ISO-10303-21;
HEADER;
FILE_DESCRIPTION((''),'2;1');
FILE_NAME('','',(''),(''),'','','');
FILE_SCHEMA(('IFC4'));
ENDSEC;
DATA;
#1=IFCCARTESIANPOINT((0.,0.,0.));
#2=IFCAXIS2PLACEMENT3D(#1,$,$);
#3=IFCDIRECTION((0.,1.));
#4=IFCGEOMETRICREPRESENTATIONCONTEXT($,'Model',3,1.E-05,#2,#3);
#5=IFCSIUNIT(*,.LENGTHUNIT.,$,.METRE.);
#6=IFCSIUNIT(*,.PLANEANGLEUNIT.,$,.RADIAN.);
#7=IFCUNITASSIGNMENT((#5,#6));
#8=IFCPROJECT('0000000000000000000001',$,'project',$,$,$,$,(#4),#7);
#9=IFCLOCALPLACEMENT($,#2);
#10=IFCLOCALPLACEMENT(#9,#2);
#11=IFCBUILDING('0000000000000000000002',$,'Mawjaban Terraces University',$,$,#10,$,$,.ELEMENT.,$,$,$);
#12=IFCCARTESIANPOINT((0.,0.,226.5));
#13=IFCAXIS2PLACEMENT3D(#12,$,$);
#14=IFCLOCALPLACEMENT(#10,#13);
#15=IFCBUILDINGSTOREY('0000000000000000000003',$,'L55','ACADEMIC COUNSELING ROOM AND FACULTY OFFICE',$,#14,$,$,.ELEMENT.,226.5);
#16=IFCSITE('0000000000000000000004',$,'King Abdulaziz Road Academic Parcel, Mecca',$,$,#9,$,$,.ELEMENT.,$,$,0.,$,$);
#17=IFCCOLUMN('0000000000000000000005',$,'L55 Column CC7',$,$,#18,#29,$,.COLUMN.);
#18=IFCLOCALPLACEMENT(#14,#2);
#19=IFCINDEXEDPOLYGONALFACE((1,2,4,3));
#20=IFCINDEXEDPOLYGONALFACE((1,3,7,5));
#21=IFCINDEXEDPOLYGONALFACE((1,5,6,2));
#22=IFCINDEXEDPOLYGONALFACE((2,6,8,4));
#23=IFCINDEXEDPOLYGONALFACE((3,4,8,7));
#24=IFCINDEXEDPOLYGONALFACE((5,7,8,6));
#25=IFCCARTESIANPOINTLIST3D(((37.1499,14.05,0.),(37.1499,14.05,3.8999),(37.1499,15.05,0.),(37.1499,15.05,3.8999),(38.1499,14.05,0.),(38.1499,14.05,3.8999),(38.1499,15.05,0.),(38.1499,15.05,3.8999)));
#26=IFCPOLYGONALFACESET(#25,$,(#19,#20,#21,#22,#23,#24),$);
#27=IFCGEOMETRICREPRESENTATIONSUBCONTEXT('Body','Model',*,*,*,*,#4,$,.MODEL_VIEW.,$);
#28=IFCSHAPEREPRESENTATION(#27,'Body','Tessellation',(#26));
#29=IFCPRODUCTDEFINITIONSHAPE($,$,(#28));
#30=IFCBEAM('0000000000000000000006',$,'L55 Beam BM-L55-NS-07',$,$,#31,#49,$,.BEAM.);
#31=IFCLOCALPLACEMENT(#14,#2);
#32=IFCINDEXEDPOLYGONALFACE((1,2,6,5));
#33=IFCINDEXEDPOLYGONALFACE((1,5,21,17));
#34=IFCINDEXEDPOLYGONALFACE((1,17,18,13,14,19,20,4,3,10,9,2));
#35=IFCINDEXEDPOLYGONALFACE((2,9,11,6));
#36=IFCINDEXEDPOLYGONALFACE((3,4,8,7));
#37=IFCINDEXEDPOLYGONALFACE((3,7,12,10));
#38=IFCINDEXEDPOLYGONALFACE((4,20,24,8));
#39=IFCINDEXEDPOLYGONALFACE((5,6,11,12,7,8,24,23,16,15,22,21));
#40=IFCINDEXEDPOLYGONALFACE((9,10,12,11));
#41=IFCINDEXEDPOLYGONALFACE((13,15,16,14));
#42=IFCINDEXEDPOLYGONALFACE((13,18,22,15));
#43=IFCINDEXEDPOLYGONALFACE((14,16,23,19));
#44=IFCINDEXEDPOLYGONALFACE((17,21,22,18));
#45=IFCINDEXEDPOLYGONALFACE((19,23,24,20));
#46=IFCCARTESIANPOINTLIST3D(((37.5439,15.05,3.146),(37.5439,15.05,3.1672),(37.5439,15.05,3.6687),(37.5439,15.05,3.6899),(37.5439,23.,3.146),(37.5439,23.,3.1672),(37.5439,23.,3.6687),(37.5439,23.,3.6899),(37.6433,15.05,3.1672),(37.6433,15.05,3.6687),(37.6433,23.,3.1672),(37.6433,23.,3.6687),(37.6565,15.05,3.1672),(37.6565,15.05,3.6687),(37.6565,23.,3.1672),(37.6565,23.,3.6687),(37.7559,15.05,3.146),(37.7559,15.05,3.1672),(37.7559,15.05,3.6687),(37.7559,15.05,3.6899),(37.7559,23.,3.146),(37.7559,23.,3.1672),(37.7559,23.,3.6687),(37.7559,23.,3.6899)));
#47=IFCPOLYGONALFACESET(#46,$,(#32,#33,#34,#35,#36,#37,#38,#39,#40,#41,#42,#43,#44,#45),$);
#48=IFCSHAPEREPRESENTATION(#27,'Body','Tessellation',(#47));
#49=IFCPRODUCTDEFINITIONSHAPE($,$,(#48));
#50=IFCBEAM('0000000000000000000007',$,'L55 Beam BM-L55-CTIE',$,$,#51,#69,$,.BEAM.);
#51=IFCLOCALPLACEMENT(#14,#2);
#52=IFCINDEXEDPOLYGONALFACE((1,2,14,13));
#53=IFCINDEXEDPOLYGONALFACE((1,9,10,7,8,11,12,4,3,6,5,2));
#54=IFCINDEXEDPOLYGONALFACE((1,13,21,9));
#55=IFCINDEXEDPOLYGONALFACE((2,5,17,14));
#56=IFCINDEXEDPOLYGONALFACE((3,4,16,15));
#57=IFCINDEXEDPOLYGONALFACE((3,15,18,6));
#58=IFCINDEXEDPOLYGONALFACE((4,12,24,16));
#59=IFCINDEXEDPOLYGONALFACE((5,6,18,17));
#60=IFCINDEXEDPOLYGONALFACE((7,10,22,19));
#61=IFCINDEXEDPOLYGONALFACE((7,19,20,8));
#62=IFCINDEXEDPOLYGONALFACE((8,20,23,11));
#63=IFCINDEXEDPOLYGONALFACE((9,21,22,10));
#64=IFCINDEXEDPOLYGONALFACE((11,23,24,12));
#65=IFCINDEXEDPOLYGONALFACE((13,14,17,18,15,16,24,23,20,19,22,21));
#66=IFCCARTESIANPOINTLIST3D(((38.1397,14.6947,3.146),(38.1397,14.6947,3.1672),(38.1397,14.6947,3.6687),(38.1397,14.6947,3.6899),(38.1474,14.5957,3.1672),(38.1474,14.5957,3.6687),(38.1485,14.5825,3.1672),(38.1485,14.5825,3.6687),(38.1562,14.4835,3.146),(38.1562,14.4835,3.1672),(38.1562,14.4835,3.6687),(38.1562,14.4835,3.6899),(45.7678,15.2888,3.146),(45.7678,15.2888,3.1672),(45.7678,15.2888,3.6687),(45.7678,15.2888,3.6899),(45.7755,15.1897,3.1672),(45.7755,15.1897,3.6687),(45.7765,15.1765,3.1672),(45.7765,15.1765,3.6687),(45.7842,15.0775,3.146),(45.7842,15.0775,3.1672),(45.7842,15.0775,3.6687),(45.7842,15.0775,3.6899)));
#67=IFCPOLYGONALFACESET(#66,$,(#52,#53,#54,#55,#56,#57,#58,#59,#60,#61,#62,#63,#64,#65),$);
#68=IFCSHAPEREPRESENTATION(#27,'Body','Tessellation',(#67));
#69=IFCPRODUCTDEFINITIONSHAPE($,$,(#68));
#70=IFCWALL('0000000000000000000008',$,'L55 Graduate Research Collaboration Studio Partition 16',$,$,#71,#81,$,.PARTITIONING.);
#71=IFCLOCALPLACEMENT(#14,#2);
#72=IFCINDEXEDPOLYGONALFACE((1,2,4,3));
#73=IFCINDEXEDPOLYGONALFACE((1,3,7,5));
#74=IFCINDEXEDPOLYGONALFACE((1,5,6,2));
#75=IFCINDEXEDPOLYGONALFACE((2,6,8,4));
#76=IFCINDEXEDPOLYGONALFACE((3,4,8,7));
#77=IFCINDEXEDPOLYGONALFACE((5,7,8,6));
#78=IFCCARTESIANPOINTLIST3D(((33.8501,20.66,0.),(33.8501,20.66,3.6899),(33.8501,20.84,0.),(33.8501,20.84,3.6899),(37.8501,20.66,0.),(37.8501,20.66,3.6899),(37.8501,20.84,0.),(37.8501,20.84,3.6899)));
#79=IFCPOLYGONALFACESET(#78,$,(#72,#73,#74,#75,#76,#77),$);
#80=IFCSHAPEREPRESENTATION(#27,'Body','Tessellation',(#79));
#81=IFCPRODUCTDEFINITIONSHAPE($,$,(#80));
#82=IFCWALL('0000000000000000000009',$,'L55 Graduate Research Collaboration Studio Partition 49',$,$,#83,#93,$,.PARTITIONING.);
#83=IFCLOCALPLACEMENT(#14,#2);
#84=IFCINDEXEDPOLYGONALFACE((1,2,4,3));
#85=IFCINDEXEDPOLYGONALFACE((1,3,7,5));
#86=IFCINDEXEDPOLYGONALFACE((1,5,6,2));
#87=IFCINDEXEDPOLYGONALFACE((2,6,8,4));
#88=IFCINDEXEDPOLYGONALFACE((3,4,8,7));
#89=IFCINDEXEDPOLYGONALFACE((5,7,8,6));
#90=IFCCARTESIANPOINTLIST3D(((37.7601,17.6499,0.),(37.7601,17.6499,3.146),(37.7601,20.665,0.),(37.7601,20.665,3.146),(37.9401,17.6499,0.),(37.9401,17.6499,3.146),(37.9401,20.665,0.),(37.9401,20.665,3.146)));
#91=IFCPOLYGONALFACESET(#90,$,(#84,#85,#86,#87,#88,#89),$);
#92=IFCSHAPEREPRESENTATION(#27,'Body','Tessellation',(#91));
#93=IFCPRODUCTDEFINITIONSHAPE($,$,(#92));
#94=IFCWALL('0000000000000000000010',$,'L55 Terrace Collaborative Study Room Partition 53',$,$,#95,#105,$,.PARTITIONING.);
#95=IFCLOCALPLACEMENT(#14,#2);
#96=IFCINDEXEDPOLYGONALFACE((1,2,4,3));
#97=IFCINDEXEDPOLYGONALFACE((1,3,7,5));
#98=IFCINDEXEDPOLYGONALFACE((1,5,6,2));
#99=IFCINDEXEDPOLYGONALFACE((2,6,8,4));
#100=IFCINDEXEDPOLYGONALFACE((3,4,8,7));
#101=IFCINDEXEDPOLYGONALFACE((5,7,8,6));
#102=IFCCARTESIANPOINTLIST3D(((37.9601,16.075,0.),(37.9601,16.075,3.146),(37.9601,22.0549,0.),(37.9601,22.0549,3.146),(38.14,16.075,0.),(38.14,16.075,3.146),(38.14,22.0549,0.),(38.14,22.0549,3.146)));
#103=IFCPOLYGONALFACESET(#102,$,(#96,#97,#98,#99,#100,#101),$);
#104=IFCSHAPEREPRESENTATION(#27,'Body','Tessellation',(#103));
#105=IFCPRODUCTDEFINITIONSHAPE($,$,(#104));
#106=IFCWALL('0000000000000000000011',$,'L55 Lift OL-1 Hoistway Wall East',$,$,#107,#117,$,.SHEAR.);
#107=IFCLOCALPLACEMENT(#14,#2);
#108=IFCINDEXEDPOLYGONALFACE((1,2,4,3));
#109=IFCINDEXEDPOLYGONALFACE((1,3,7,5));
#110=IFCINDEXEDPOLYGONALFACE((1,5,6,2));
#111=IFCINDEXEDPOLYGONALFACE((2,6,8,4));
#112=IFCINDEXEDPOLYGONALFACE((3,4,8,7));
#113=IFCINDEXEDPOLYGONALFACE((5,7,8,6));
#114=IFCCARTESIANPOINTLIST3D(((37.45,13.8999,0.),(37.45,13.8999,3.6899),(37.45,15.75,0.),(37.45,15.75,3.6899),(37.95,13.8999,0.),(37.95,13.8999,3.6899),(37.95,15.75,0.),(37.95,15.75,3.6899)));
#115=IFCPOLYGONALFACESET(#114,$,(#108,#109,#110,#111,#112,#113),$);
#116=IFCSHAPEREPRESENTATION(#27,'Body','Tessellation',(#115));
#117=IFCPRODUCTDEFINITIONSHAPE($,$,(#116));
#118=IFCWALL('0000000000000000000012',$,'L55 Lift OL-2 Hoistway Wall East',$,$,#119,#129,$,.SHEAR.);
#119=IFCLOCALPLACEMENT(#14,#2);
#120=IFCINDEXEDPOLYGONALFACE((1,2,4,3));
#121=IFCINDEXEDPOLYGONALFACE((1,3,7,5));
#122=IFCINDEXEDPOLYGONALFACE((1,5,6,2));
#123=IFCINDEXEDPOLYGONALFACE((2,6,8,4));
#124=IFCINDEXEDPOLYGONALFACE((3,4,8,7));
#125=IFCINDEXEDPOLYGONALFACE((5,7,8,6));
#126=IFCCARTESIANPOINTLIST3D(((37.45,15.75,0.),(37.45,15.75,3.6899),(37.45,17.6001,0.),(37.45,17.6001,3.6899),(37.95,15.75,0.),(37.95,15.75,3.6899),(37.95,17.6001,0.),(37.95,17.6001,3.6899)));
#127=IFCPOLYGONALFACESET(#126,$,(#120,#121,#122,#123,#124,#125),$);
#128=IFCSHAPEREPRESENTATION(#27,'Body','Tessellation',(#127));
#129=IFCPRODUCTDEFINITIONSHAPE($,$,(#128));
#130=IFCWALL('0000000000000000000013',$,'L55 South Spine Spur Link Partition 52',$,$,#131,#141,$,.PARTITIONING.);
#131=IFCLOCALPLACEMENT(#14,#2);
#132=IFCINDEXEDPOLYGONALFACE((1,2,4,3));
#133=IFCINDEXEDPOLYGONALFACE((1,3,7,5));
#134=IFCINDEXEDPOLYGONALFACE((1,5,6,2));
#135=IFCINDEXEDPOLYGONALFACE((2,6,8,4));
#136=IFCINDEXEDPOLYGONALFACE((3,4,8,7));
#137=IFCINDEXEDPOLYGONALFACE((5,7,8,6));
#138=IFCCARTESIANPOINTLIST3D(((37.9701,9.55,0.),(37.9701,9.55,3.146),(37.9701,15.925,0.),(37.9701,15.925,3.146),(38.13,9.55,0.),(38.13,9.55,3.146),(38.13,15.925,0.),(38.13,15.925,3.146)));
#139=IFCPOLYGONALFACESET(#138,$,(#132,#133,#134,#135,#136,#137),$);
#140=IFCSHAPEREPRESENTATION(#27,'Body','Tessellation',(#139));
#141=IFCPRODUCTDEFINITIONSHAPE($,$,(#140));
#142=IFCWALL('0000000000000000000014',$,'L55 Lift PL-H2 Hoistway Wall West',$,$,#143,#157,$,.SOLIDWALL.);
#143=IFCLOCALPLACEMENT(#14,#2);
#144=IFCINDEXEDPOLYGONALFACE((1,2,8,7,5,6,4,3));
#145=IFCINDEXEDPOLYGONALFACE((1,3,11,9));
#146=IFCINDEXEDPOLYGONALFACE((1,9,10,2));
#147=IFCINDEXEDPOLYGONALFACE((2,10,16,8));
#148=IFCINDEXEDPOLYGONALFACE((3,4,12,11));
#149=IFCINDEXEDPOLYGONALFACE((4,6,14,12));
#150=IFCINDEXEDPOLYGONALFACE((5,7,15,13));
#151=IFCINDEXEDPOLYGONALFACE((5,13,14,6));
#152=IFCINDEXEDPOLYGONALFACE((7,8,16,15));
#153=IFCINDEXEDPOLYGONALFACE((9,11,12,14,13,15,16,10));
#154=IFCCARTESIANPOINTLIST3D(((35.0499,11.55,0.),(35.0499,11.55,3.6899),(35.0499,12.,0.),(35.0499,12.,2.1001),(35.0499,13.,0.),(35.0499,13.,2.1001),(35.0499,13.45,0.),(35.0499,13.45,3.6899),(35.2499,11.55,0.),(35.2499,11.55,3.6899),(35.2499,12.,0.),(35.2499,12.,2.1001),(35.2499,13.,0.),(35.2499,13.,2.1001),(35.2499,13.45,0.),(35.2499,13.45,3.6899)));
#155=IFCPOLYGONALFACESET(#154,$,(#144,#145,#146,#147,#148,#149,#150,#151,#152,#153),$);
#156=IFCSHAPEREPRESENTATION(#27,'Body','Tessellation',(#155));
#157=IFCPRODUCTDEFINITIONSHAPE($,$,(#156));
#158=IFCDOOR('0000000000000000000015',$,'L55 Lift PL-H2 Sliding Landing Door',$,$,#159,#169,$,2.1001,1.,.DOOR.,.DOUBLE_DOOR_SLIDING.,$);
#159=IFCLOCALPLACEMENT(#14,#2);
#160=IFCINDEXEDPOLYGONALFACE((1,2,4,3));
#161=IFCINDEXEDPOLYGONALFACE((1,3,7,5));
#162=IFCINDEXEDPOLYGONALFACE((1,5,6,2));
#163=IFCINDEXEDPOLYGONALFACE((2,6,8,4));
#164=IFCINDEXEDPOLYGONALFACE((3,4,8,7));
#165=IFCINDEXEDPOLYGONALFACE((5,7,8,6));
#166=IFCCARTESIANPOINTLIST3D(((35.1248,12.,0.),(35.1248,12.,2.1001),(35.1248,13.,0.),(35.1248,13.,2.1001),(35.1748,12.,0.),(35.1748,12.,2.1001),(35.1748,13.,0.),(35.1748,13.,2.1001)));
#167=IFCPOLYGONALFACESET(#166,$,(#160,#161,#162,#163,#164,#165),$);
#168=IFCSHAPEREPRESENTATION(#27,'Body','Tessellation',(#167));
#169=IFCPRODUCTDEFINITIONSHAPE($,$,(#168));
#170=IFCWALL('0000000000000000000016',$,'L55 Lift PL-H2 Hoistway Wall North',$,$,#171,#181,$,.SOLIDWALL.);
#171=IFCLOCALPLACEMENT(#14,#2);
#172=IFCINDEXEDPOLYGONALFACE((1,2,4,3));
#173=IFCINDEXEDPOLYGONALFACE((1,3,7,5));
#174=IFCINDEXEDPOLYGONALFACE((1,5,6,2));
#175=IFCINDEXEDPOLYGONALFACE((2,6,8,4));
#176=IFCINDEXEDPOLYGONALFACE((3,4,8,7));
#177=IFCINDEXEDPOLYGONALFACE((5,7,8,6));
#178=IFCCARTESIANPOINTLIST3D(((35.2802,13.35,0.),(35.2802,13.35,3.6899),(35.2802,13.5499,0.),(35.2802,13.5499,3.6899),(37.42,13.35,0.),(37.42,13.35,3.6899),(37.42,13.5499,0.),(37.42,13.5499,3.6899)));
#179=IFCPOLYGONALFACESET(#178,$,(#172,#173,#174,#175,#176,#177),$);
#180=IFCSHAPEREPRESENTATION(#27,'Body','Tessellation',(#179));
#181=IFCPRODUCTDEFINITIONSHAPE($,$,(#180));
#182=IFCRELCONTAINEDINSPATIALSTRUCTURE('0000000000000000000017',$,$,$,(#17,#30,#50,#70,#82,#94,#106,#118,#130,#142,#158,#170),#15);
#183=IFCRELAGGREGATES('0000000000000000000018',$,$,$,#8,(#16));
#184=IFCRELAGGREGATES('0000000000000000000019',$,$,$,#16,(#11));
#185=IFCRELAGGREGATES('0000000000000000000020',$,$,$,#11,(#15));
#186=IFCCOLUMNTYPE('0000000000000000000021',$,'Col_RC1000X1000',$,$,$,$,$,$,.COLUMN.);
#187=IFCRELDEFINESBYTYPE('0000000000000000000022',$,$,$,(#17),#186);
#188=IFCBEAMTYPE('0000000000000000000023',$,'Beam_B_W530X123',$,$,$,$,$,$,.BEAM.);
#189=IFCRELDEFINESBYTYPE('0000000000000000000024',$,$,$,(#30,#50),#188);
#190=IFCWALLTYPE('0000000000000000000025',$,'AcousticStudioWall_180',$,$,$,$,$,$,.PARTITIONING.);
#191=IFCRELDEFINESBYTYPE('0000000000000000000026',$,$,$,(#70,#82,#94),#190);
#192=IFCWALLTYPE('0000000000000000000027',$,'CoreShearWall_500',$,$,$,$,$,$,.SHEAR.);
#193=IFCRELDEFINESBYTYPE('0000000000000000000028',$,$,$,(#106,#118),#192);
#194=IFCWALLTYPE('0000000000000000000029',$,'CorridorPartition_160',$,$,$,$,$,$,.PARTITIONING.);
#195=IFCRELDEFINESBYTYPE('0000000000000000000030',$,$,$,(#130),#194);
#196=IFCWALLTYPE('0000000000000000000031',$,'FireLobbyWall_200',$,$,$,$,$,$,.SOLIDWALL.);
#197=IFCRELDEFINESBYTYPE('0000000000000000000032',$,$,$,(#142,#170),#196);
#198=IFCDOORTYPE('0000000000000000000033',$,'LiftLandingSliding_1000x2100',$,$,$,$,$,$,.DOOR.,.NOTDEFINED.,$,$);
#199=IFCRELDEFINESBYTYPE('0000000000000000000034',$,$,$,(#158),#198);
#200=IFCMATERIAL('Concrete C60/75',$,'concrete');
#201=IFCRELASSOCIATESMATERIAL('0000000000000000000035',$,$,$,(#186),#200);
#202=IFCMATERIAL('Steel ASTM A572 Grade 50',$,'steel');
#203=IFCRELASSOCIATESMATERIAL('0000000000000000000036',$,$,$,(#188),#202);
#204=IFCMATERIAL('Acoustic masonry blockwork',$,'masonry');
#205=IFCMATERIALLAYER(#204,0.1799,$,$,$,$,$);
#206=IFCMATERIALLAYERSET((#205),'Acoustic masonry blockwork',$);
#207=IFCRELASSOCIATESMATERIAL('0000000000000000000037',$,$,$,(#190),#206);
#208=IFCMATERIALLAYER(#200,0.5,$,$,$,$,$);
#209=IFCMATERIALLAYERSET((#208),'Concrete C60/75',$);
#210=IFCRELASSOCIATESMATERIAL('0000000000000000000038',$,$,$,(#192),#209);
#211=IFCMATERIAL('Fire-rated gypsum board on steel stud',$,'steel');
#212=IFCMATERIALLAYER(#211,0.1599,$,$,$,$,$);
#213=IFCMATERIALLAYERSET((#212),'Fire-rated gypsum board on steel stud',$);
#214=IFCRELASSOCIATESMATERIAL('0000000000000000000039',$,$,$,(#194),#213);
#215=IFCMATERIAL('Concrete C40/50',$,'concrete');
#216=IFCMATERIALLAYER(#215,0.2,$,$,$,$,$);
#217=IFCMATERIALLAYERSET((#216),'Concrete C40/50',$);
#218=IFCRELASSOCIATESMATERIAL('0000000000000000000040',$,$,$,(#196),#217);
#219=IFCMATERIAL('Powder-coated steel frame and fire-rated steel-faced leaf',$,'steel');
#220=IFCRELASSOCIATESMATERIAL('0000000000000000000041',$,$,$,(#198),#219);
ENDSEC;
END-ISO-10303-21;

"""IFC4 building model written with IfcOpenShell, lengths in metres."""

from ifc_helpers import new_model, si_unit, direction, frame, frame_2d, origin, origin_2d, place, context, subcontext, project, spatial, rectangle, i_section, extrude, material, layer, layer_set, material_profile, profile_set, type_object, element, fill, save


model = new_model("IFC4")

# Units and contexts
model_context = context("Model", 3, precision=1e-05, world=origin(), true_north=direction((0.0, 1.0)))
body_context = subcontext(model_context, "Body", "Model", "MODEL_VIEW")
ifc_project = project(units=[si_unit("LENGTHUNIT", "METRE"), si_unit("PLANEANGLEUNIT", "RADIAN")], contexts=[model_context])

# Site, building, storey
site_placement = place(None, origin())
site = spatial("IfcSite", under=ifc_project, at=site_placement, Name="King Abdulaziz Road Academic Parcel, Mecca", CompositionType="ELEMENT", RefElevation=0.0)
building_placement = place(site_placement, origin())
building = spatial("IfcBuilding", under=site, at=building_placement, Name="Mawjaban Terraces University", CompositionType="ELEMENT")
storey_placement = place(building_placement, frame((0.0, 0.0, 226.5)))
storey = spatial("IfcBuildingStorey", under=building, at=storey_placement, Name="L55", Description="ACADEMIC COUNSELING ROOM AND FACULTY OFFICE", CompositionType="ELEMENT", Elevation=226.5)

# Column
ifc_material_1 = material(Name="Concrete C60/75", Category="concrete")
ifc_material_profile_1 = material_profile(ifc_material_1, rectangle(XDim=1.0, YDim=1.0, at=origin_2d()), Name="RC1000X1000")
ifc_profile_set_1 = profile_set([ifc_material_profile_1], Name="Concrete C60/75")
column_type = type_object("IfcColumnType", Name="Col_RC1000X1000", PredefinedType="COLUMN", material=ifc_profile_set_1)
column_placement = place(storey_placement, frame((37.6499, 14.55, 0.0), z_axis=(0.0, 0.0, 1.0), x_axis=(1.0, 0.0, 0.0)))
element("IfcColumn", 1, at=column_placement, inside=storey, type_object=column_type, Name="L55 Column CC7", PredefinedType="COLUMN", context=body_context, shape_type="SweptSolid", body=[
    extrude(rectangle(XDim=1.0, YDim=1.0, at=origin_2d()), origin(), (0.0, 0.0, 1.0), 3.8999),
])

# Beams
ifc_material_2 = material(Name="Steel ASTM A572 Grade 50", Category="steel")
ifc_material_profile_2 = material_profile(ifc_material_2, i_section(OverallWidth=0.2119, OverallDepth=0.5439, WebThickness=0.0132, FlangeThickness=0.0212, at=origin_2d()), Name="W530X123")
ifc_profile_set_2 = profile_set([ifc_material_profile_2], Name="Steel ASTM A572 Grade 50")
beam_type = type_object("IfcBeamType", Name="Beam_B_W530X123", PredefinedType="BEAM", material=ifc_profile_set_2)
beam_1_placement = place(storey_placement, frame((37.6499, 15.05, 3.418), z_axis=(0.0, 1.0, 0.0), x_axis=(-1.0, 0.0, 0.0)))
element("IfcBeam", 2, at=beam_1_placement, inside=storey, type_object=beam_type, Name="L55 Beam BM-L55-NS-07", PredefinedType="BEAM", context=body_context, shape_type="SweptSolid", body=[
    extrude(i_section(OverallWidth=0.2119, OverallDepth=0.5439, WebThickness=0.0132, FlangeThickness=0.0212, at=origin_2d()), origin(), (0.0, 0.0, 1.0), 7.95),
])
beam_2_placement = place(storey_placement, frame((38.1479, 14.5891, 3.418), z_axis=(0.996982, 0.077636, 0.0), x_axis=(-0.077636, 0.996982, 0.0)))
element("IfcBeam", 3, at=beam_2_placement, inside=storey, type_object=beam_type, Name="L55 Beam BM-L55-CTIE", PredefinedType="BEAM", context=body_context, shape_type="SweptSolid", body=[
    extrude(i_section(OverallWidth=0.2119, OverallDepth=0.5439, WebThickness=0.0132, FlangeThickness=0.0212, at=origin_2d()), origin(), (0.0, 0.0, 1.0), 7.6511),
])

# Walls
ifc_material_3 = material(Name="Acoustic masonry blockwork", Category="masonry")
ifc_layer_1 = layer(ifc_material_3, 0.1799)
ifc_layer_set_1 = layer_set([ifc_layer_1], Name="Acoustic masonry blockwork")
wall_type_1 = type_object("IfcWallType", Name="AcousticStudioWall_180", PredefinedType="PARTITIONING", material=ifc_layer_set_1)
wall_1_placement = place(storey_placement, frame((37.8501, 20.75, 0.0), z_axis=(0.0, 0.0, 1.0), x_axis=(-1.0, 0.0, 0.0)))
element("IfcWall", 4, at=wall_1_placement, inside=storey, type_object=wall_type_1, Name="L55 Graduate Research Collaboration Studio Partition 16", PredefinedType="PARTITIONING", context=body_context, shape_type="SweptSolid", body=[
    extrude(rectangle(XDim=4.0, YDim=0.1799, at=frame_2d((2.0, 0.0))), origin(), (0.0, 0.0, 1.0), 3.6899),
])
wall_2_placement = place(storey_placement, frame((37.8501, 17.6499, 0.0), z_axis=(0.0, 0.0, 1.0), x_axis=(0.0, 1.0, 0.0)))
element("IfcWall", 5, at=wall_2_placement, inside=storey, type_object=wall_type_1, Name="L55 Graduate Research Collaboration Studio Partition 49", PredefinedType="PARTITIONING", context=body_context, shape_type="SweptSolid", body=[
    extrude(rectangle(XDim=3.0151, YDim=0.1799, at=frame_2d((1.5076, 0.0))), origin(), (0.0, 0.0, 1.0), 3.146),
])
wall_3_placement = place(storey_placement, frame((38.05, 22.0549, 0.0), z_axis=(0.0, 0.0, 1.0), x_axis=(0.0, -1.0, 0.0)))
element("IfcWall", 6, at=wall_3_placement, inside=storey, type_object=wall_type_1, Name="L55 Terrace Collaborative Study Room Partition 53", PredefinedType="PARTITIONING", context=body_context, shape_type="SweptSolid", body=[
    extrude(rectangle(XDim=5.98, YDim=0.1799, at=frame_2d((2.99, 0.0))), origin(), (0.0, 0.0, 1.0), 3.146),
])
ifc_layer_2 = layer(ifc_material_1, 0.5)
ifc_layer_set_2 = layer_set([ifc_layer_2], Name="Concrete C60/75")
wall_type_2 = type_object("IfcWallType", Name="CoreShearWall_500", PredefinedType="SHEAR", material=ifc_layer_set_2)
for number, where, z_axis, x_axis, name in (
    (7, (37.7, 13.8999, 0.0), (0.0, 0.0, 1.0), (0.0, 1.0, 0.0), "L55 Lift OL-1 Hoistway Wall East"),
    (8, (37.7, 15.75, 0.0), (0.0, 0.0, 1.0), (0.0, 1.0, 0.0), "L55 Lift OL-2 Hoistway Wall East"),
):
    element("IfcWall", number, at=place(storey_placement, frame(where, z_axis=z_axis, x_axis=x_axis)), inside=storey, type_object=wall_type_2, Name=name, PredefinedType="SHEAR", context=body_context, shape_type="SweptSolid", body=[
        extrude(rectangle(XDim=1.8501, YDim=0.5, at=frame_2d((0.925, 0.0))), origin(), (0.0, 0.0, 1.0), 3.6899),
    ])
ifc_material_4 = material(Name="Fire-rated gypsum board on steel stud", Category="steel")
ifc_layer_3 = layer(ifc_material_4, 0.1599)
ifc_layer_set_3 = layer_set([ifc_layer_3], Name="Fire-rated gypsum board on steel stud")
wall_type_3 = type_object("IfcWallType", Name="CorridorPartition_160", PredefinedType="PARTITIONING", material=ifc_layer_set_3)
wall_4_placement = place(storey_placement, frame((38.05, 15.925, 0.0), z_axis=(0.0, 0.0, 1.0), x_axis=(0.0, -1.0, 0.0)))
element("IfcWall", 9, at=wall_4_placement, inside=storey, type_object=wall_type_3, Name="L55 South Spine Spur Link Partition 52", PredefinedType="PARTITIONING", context=body_context, shape_type="SweptSolid", body=[
    extrude(rectangle(XDim=6.375, YDim=0.1599, at=frame_2d((3.1875, 0.0))), origin(), (0.0, 0.0, 1.0), 3.146),
])

# Wall, opening, door
ifc_material_5 = material(Name="Concrete C40/50", Category="concrete")
ifc_layer_4 = layer(ifc_material_5, 0.2)
ifc_layer_set_4 = layer_set([ifc_layer_4], Name="Concrete C40/50")
wall_type_4 = type_object("IfcWallType", Name="FireLobbyWall_200", PredefinedType="SOLIDWALL", material=ifc_layer_set_4)
wall_5_placement = place(storey_placement, frame((35.1499, 13.45, 0.0), z_axis=(0.0, 0.0, 1.0), x_axis=(0.0, -1.0, 0.0)))
wall_5 = element("IfcWall", 10, at=wall_5_placement, inside=storey, type_object=wall_type_4, Name="L55 Lift PL-H2 Hoistway Wall West", PredefinedType="SOLIDWALL", context=body_context, shape_type="SweptSolid", body=[
    extrude(rectangle(XDim=1.8999, YDim=0.2, at=frame_2d((0.95, 0.0))), origin(), (0.0, 0.0, 1.0), 3.6899),
])
opening_placement = place(wall_5_placement, frame((0.45, 0.0, 0.0)))
opening = element("IfcOpeningElement", 11, at=opening_placement, cuts=wall_5, PredefinedType="OPENING", context=body_context, shape_type="SweptSolid", body=[
    extrude(rectangle(XDim=1.0, YDim=2.1001, at=frame_2d((0.5, 1.05))), frame((0.0, 0.1099, 0.0), z_axis=(0.0, -1.0, 0.0), x_axis=(1.0, 0.0, 0.0)), (0.0, 0.0, 1.0), 0.22),
])
ifc_material_6 = material(Name="Powder-coated steel frame and fire-rated steel-faced leaf", Category="steel")
door_type = type_object("IfcDoorType", Name="LiftLandingSliding_1000x2100", OperationType="NOTDEFINED", PredefinedType="DOOR", material=ifc_material_6)
door_placement = place(opening_placement, origin())
door = element("IfcDoor", 12, at=door_placement, inside=storey, type_object=door_type, Name="L55 Lift PL-H2 Sliding Landing Door", OperationType="DOUBLE_DOOR_SLIDING", OverallHeight=2.1001, OverallWidth=1.0, PredefinedType="DOOR", context=body_context, shape_type="SweptSolid", body=[
    extrude(rectangle(XDim=1.0, YDim=2.1001, at=frame_2d((0.5, 1.05))), frame((0.0, 0.0249, 0.0), z_axis=(0.0, -1.0, 0.0), x_axis=(1.0, 0.0, 0.0)), (0.0, 0.0, 1.0), 0.05),
])
fill(opening, door)

# Wall
wall_6_placement = place(storey_placement, frame((37.4199, 13.45, 0.0), z_axis=(0.0, 0.0, 1.0), x_axis=(-1.0, 0.0, 0.0)))
element("IfcWall", 13, at=wall_6_placement, inside=storey, type_object=wall_type_4, Name="L55 Lift PL-H2 Hoistway Wall North", PredefinedType="SOLIDWALL", context=body_context, shape_type="SweptSolid", body=[
    extrude(rectangle(XDim=2.1399, YDim=0.2, at=frame_2d((1.0698, 0.0))), origin(), (0.0, 0.0, 1.0), 3.6899),
])

save(model, "model.ifc")
